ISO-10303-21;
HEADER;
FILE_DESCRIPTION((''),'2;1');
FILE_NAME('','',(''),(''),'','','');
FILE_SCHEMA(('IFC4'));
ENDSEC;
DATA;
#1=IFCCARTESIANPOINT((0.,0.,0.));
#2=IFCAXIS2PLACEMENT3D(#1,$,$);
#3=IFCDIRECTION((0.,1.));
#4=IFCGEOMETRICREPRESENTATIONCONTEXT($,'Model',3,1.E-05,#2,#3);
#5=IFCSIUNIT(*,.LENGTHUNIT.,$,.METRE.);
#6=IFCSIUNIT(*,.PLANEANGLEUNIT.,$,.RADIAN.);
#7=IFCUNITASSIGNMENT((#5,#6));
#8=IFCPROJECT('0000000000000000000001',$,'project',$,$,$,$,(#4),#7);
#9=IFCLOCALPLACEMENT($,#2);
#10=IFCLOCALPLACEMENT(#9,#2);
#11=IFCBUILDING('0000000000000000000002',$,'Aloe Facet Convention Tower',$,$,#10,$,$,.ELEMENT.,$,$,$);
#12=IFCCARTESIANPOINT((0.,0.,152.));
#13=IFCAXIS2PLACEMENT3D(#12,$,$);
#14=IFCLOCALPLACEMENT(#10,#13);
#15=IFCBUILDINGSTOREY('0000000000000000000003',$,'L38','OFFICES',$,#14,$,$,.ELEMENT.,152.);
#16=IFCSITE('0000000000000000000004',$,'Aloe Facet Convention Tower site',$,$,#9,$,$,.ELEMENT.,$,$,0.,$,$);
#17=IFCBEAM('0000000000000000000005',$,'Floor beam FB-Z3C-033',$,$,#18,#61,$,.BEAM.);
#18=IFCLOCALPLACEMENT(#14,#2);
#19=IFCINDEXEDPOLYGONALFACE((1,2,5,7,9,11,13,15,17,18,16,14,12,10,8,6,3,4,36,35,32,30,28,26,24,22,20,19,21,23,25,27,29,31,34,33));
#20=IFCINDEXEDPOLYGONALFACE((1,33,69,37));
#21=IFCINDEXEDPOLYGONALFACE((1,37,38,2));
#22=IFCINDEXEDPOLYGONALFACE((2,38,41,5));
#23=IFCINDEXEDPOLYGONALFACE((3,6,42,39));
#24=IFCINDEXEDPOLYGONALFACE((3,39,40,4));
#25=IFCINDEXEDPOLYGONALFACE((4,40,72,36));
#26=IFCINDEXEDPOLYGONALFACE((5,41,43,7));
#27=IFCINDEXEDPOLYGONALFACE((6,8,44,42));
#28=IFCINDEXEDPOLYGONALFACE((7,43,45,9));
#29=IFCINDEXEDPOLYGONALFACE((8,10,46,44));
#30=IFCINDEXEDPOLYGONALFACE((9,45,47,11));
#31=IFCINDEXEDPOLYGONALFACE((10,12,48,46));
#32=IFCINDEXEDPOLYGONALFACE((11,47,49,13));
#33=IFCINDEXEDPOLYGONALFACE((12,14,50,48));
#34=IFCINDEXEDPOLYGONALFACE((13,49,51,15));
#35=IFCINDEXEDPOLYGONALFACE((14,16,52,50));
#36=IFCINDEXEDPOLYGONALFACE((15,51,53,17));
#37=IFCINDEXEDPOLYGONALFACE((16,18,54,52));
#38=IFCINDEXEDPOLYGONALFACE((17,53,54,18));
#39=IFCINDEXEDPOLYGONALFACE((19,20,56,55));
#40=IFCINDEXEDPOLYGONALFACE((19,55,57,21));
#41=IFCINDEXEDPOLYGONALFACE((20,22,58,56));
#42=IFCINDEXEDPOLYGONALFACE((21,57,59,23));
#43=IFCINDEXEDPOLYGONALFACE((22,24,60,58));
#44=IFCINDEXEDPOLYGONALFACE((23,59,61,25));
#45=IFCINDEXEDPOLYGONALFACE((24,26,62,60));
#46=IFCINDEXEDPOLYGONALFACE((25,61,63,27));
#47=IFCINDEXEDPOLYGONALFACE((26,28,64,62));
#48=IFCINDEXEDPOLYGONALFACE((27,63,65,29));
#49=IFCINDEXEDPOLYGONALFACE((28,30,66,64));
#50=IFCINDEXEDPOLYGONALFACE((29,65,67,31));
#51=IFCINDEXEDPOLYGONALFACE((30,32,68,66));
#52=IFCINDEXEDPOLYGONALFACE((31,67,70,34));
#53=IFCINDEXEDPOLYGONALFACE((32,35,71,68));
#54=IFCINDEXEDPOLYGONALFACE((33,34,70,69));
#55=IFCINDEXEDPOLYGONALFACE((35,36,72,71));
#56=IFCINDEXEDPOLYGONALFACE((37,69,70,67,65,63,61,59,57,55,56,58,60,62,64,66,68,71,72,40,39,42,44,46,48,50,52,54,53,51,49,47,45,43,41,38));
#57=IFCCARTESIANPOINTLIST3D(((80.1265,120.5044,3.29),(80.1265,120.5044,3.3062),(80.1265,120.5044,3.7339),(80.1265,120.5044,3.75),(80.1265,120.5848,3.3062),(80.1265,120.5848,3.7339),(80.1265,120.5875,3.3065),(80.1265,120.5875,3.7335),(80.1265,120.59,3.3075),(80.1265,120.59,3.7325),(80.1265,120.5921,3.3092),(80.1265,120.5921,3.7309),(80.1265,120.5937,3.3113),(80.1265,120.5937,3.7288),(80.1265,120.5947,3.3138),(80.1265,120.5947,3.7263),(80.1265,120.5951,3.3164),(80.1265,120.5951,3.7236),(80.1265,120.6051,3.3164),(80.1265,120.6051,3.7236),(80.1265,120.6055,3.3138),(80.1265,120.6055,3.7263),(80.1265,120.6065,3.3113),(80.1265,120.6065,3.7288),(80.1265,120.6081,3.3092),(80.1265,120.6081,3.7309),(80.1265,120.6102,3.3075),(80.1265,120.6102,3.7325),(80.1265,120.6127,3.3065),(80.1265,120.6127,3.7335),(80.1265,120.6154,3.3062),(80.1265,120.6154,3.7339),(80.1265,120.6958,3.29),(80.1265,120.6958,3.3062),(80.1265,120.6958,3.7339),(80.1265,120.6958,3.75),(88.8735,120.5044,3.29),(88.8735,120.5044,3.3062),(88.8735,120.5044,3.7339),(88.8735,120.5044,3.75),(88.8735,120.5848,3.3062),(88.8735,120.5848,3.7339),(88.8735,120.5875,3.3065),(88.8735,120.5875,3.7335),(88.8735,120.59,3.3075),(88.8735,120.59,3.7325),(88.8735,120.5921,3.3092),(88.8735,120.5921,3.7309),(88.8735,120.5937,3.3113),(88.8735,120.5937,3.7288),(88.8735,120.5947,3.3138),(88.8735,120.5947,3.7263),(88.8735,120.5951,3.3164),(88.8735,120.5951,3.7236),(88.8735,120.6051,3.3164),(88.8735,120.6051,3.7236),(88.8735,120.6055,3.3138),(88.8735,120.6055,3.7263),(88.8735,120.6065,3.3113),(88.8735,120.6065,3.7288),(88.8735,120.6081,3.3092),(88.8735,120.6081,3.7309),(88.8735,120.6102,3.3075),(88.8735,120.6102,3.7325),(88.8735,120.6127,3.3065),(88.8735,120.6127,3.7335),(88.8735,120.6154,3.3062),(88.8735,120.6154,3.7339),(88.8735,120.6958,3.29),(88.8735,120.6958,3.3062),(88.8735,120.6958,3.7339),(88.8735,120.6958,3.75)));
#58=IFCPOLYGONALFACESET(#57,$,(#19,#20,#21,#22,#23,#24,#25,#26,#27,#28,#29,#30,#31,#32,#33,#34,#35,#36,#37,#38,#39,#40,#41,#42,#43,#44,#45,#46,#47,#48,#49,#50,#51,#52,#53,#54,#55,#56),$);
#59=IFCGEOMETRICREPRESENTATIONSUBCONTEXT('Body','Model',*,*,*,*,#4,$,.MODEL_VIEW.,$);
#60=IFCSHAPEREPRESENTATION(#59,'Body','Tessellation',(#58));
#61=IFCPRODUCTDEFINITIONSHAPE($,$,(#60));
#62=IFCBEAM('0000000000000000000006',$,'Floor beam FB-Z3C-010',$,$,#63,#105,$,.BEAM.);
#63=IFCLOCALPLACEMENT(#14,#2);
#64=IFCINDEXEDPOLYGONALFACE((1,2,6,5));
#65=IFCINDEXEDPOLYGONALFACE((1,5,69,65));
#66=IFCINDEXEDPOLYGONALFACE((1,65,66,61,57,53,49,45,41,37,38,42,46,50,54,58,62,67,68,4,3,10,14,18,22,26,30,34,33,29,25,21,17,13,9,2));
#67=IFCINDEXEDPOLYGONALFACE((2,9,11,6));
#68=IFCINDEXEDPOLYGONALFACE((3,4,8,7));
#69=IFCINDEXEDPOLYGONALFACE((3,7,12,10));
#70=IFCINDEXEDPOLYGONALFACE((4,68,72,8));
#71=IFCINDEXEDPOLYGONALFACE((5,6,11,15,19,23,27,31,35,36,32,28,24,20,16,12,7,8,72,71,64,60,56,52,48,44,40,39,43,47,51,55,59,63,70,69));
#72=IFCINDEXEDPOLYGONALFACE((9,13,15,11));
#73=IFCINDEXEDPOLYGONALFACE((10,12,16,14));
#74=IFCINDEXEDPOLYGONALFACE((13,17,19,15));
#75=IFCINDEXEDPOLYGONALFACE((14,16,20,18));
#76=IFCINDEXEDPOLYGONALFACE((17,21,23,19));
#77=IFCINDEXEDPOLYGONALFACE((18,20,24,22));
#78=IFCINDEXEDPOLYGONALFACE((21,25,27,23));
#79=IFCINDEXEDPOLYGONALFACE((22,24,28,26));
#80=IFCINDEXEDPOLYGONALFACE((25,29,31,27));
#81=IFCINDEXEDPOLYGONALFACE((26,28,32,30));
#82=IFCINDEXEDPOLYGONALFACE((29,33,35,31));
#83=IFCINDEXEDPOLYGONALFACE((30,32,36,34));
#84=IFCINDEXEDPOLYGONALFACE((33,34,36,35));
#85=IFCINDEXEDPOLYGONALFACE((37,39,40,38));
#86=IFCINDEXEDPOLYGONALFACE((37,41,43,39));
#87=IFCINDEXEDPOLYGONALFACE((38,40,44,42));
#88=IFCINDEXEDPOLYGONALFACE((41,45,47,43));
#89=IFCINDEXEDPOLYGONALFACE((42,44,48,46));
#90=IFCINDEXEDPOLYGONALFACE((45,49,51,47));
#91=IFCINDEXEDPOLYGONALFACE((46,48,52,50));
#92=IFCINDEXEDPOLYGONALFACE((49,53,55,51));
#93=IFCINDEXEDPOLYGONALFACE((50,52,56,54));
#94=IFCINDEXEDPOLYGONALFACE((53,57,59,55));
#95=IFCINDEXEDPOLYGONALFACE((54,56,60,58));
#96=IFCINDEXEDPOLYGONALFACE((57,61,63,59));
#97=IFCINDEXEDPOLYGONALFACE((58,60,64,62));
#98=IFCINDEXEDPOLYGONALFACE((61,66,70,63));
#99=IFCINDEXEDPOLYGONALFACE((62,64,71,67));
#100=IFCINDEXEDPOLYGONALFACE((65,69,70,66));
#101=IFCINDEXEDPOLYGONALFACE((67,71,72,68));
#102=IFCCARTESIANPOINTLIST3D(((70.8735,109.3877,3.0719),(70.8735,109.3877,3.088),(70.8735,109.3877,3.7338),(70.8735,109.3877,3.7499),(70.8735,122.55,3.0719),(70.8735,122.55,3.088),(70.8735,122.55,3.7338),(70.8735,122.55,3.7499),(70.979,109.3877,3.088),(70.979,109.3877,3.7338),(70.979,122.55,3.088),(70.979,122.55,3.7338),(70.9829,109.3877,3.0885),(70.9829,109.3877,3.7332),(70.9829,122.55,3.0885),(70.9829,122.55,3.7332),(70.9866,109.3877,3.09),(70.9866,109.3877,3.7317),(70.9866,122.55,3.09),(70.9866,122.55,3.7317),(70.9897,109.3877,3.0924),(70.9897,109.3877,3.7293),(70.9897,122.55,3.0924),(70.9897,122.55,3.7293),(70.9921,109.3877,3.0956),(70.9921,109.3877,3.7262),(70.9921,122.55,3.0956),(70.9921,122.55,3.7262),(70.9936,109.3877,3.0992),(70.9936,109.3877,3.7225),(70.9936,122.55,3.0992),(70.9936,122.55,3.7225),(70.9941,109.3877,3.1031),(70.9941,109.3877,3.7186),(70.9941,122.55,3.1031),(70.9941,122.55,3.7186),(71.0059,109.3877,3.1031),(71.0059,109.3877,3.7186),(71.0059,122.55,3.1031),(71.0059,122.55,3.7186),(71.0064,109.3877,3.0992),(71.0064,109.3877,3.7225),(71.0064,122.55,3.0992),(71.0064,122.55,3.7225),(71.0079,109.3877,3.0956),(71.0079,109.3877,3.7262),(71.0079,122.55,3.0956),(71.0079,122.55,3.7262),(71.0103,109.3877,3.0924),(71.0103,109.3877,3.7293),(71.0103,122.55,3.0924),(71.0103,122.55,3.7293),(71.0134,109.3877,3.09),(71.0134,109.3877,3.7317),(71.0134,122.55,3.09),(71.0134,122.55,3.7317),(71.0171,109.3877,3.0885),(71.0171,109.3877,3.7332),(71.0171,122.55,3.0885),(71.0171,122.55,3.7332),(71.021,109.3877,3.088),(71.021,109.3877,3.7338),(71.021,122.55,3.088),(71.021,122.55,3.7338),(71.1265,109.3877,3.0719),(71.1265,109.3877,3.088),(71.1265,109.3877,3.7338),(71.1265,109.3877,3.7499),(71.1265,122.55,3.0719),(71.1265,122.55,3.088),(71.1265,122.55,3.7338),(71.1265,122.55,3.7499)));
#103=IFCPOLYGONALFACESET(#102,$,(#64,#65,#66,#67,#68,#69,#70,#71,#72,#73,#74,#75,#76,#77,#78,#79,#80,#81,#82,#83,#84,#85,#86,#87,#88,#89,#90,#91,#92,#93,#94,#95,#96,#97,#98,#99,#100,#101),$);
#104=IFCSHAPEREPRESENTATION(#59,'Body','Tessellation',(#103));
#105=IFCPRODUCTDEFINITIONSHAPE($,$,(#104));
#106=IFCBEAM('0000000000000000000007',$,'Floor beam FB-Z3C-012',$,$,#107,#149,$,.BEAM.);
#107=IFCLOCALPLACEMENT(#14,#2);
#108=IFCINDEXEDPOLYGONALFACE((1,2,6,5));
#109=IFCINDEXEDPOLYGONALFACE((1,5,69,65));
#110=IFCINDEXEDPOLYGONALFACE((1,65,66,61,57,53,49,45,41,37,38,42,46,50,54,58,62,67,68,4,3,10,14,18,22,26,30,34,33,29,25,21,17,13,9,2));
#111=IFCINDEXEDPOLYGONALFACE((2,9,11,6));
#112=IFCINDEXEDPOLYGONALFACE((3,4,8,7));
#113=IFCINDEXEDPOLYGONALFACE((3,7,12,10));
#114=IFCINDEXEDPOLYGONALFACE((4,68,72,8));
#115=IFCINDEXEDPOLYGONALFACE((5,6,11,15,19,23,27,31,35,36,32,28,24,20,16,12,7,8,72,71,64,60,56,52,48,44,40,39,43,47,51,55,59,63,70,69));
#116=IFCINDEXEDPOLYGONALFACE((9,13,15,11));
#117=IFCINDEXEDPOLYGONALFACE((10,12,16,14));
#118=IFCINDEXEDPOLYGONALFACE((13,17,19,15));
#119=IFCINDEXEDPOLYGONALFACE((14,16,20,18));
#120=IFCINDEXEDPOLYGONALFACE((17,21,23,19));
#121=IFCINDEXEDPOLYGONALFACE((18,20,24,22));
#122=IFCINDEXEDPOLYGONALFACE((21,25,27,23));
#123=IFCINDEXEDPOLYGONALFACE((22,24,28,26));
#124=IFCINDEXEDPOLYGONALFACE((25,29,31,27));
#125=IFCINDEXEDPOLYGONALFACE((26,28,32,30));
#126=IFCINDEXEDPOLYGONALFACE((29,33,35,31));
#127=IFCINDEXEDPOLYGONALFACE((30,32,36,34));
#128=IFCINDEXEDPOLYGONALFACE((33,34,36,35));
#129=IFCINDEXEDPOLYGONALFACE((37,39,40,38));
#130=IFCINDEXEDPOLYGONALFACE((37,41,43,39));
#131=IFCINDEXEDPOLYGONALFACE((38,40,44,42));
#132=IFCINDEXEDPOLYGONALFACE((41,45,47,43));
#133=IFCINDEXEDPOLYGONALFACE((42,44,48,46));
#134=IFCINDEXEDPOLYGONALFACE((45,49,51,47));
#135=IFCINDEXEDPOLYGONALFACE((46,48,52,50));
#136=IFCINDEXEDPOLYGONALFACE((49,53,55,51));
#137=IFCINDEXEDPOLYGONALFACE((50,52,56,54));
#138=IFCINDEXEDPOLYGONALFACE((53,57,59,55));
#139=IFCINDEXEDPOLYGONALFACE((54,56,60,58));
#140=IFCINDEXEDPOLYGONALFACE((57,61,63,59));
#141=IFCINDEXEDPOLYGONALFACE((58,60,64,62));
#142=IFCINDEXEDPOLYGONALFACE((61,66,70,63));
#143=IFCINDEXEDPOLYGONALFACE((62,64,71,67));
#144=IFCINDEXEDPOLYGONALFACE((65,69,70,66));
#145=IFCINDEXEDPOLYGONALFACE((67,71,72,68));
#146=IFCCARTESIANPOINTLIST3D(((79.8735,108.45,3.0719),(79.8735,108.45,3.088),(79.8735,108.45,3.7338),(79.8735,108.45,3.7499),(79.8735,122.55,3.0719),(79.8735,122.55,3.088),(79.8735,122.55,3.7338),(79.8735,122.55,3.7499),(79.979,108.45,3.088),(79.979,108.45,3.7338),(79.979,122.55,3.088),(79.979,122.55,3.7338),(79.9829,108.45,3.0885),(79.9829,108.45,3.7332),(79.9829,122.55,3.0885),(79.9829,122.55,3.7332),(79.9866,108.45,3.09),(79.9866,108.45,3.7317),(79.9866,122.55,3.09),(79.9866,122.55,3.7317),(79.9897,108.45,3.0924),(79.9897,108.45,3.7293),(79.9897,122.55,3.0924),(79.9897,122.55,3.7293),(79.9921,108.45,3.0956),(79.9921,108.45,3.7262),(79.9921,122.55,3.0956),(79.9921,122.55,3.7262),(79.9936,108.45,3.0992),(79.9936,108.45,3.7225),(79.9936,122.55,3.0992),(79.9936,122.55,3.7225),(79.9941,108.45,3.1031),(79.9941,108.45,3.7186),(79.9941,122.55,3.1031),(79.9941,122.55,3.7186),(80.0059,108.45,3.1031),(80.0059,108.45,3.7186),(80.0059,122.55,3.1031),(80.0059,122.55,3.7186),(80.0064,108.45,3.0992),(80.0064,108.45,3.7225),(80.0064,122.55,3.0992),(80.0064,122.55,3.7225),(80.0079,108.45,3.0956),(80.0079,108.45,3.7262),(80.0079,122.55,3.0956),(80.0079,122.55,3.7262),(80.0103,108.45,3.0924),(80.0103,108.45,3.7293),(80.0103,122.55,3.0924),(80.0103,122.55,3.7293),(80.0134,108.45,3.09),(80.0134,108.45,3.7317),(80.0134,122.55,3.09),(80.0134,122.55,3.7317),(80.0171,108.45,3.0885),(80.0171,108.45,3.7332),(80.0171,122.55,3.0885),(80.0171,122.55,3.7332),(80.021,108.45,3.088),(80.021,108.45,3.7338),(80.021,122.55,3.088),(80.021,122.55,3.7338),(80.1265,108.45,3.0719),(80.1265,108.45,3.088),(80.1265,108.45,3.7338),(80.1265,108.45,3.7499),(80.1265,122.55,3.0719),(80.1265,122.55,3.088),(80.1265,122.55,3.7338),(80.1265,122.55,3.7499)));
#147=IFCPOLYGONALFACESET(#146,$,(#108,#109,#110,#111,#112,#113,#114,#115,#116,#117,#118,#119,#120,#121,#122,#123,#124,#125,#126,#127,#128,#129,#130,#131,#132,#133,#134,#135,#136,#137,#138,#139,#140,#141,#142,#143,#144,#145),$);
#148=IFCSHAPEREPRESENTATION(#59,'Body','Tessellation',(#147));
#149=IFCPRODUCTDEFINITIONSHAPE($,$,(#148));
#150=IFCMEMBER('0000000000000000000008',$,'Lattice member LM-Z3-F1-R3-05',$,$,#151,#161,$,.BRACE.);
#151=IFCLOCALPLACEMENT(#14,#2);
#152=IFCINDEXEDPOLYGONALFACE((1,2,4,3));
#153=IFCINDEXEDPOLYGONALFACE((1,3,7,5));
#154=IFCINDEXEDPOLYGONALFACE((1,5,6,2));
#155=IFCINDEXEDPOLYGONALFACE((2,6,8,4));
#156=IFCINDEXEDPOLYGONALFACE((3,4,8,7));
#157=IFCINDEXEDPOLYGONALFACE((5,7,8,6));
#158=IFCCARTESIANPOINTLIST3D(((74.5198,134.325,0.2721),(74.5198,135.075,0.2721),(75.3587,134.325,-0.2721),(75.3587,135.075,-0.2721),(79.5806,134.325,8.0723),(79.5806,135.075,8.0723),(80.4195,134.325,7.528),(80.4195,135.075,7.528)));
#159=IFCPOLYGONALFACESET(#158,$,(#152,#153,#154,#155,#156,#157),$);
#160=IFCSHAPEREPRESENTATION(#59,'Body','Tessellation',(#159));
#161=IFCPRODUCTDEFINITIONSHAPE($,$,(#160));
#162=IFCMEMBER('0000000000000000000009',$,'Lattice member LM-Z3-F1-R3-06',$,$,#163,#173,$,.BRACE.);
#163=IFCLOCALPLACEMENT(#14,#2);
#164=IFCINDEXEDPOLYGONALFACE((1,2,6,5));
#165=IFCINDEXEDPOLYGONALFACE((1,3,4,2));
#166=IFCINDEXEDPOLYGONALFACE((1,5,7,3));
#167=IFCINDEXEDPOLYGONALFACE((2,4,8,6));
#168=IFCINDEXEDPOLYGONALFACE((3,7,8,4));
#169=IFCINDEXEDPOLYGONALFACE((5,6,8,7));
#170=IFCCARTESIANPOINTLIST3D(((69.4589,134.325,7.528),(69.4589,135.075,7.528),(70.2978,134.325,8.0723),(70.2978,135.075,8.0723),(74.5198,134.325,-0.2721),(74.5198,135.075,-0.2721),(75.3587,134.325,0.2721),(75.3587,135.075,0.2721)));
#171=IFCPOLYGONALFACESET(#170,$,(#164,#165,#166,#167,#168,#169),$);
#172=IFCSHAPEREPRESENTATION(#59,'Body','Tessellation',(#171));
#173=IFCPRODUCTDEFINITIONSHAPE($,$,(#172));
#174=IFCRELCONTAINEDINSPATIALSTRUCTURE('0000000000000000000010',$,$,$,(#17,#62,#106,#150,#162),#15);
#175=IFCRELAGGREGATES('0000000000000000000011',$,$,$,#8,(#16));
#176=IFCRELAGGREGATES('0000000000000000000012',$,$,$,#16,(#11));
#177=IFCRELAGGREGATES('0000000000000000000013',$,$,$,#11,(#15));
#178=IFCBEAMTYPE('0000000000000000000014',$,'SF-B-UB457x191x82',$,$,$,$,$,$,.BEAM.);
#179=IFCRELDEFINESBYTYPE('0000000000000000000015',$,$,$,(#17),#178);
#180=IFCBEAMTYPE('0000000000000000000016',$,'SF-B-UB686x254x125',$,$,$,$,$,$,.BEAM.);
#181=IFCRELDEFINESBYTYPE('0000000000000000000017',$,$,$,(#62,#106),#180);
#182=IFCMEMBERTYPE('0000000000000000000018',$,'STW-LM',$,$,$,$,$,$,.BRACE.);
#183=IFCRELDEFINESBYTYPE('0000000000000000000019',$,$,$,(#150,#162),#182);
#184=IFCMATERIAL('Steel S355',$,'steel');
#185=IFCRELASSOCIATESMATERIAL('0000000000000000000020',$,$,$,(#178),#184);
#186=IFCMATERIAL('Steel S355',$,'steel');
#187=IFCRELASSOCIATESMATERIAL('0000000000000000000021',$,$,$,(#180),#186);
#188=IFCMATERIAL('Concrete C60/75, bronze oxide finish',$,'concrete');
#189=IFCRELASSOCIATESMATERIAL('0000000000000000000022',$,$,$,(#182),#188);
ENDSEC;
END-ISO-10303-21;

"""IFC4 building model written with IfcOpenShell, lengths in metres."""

from ifc_helpers import new_model, si_unit, direction, frame, origin, origin_2d, place, context, subcontext, project, spatial, rectangle, i_section, extrude, material, material_profile, profile_set, type_object, element, save


model = new_model("IFC4")

# Units and contexts
model_context = context("Model", 3, precision=1e-05, world=origin(), true_north=direction((0.0, 1.0)))
body_context = subcontext(model_context, "Body", "Model", "MODEL_VIEW")
ifc_project = project(units=[si_unit("LENGTHUNIT", "METRE"), si_unit("PLANEANGLEUNIT", "RADIAN")], contexts=[model_context])

# Site, building, storey
site_placement = place(None, origin())
site = spatial("IfcSite", under=ifc_project, at=site_placement, Name="Aloe Facet Convention Tower site", CompositionType="ELEMENT", RefElevation=0.0)
building_placement = place(site_placement, origin())
building = spatial("IfcBuilding", under=site, at=building_placement, Name="Aloe Facet Convention Tower", CompositionType="ELEMENT")
storey_placement = place(building_placement, frame((0.0, 0.0, 152.0)))
storey = spatial("IfcBuildingStorey", under=building, at=storey_placement, Name="L38", Description="OFFICES", CompositionType="ELEMENT", Elevation=152.0)

# Beams
ifc_material_1 = material(Name="Steel S355", Category="steel")
ifc_material_profile_1 = material_profile(ifc_material_1, i_section(OverallWidth=0.1914, OverallDepth=0.46, WebThickness=0.01, FlangeThickness=0.0161, FilletRadius=0.0103, at=origin_2d()), Name="UB 457x191x82")
ifc_profile_set_1 = profile_set([ifc_material_profile_1], Name="Steel S355")
beam_type_1 = type_object("IfcBeamType", Name="SF-B-UB457x191x82", PredefinedType="BEAM", material=ifc_profile_set_1)
beam_1_placement = place(storey_placement, frame((80.1265, 120.6001, 3.52), z_axis=(1.0, 0.0, 0.0), x_axis=(0.0, 1.0, 0.0)))
element("IfcBeam", 1, at=beam_1_placement, inside=storey, type_object=beam_type_1, Name="Floor beam FB-Z3C-033", PredefinedType="BEAM", context=body_context, shape_type="SweptSolid", body=[
    extrude(i_section(OverallWidth=0.1914, OverallDepth=0.46, WebThickness=0.01, FlangeThickness=0.0161, FilletRadius=0.0103, at=origin_2d()), origin(), (0.0, 0.0, 1.0), 8.7471),
])
ifc_material_2 = material(Name="Steel S355", Category="steel")
ifc_material_profile_2 = material_profile(ifc_material_2, i_section(OverallWidth=0.2529, OverallDepth=0.678, WebThickness=0.0117, FlangeThickness=0.0161, FilletRadius=0.0151, at=origin_2d()), Name="UB 686x254x125")
ifc_profile_set_2 = profile_set([ifc_material_profile_2], Name="Steel S355")
beam_type_2 = type_object("IfcBeamType", Name="SF-B-UB686x254x125", PredefinedType="BEAM", material=ifc_profile_set_2)
beam_2_placement = place(storey_placement, frame((71.0, 122.55, 3.4109), z_axis=(0.0, -1.0, 0.0), x_axis=(1.0, 0.0, 0.0)))
element("IfcBeam", 2, at=beam_2_placement, inside=storey, type_object=beam_type_2, Name="Floor beam FB-Z3C-010", PredefinedType="BEAM", context=body_context, shape_type="SweptSolid", body=[
    extrude(i_section(OverallWidth=0.2529, OverallDepth=0.678, WebThickness=0.0117, FlangeThickness=0.0161, FilletRadius=0.0151, at=origin_2d()), origin(), (0.0, 0.0, 1.0), 13.1624),
])
beam_3_placement = place(storey_placement, frame((80.0, 122.55, 3.4109), z_axis=(0.0, -1.0, 0.0), x_axis=(1.0, 0.0, 0.0)))
element("IfcBeam", 3, at=beam_3_placement, inside=storey, type_object=beam_type_2, Name="Floor beam FB-Z3C-012", PredefinedType="BEAM", context=body_context, shape_type="SweptSolid", body=[
    extrude(i_section(OverallWidth=0.2529, OverallDepth=0.678, WebThickness=0.0117, FlangeThickness=0.0161, FilletRadius=0.0151, at=origin_2d()), origin(), (0.0, 0.0, 1.0), 14.1001),
])

# Members
ifc_material_3 = material(Name="Concrete C60/75, bronze oxide finish", Category="concrete")
ifc_material_profile_3 = material_profile(ifc_material_3, rectangle(XDim=0.75, YDim=1.0, at=origin_2d()), Name="STW-LM")
ifc_profile_set_3 = profile_set([ifc_material_profile_3], Name="Concrete C60/75, bronze oxide finish")
member_type = type_object("IfcMemberType", Name="STW-LM", PredefinedType="BRACE", material=ifc_profile_set_3)
for number, where, z_axis, x_axis, name in (
    (4, (74.9392, 134.7, 0.0), (0.54429, 0.0, 0.838897), (0.0, 1.0, 0.0), "Lattice member LM-Z3-F1-R3-05"),
    (5, (74.9392, 134.7, 0.0), (-0.54429, 0.0, 0.838897), (0.0, -1.0, 0.0), "Lattice member LM-Z3-F1-R3-06"),
):
    element("IfcMember", number, at=place(storey_placement, frame(where, z_axis=z_axis, x_axis=x_axis)), inside=storey, type_object=member_type, Name=name, PredefinedType="BRACE", context=body_context, shape_type="SweptSolid", body=[
        extrude(rectangle(XDim=0.75, YDim=1.0, at=origin_2d()), origin(), (0.0, 0.0, 1.0), 9.2981),
    ])

save(model, "model.ifc")
